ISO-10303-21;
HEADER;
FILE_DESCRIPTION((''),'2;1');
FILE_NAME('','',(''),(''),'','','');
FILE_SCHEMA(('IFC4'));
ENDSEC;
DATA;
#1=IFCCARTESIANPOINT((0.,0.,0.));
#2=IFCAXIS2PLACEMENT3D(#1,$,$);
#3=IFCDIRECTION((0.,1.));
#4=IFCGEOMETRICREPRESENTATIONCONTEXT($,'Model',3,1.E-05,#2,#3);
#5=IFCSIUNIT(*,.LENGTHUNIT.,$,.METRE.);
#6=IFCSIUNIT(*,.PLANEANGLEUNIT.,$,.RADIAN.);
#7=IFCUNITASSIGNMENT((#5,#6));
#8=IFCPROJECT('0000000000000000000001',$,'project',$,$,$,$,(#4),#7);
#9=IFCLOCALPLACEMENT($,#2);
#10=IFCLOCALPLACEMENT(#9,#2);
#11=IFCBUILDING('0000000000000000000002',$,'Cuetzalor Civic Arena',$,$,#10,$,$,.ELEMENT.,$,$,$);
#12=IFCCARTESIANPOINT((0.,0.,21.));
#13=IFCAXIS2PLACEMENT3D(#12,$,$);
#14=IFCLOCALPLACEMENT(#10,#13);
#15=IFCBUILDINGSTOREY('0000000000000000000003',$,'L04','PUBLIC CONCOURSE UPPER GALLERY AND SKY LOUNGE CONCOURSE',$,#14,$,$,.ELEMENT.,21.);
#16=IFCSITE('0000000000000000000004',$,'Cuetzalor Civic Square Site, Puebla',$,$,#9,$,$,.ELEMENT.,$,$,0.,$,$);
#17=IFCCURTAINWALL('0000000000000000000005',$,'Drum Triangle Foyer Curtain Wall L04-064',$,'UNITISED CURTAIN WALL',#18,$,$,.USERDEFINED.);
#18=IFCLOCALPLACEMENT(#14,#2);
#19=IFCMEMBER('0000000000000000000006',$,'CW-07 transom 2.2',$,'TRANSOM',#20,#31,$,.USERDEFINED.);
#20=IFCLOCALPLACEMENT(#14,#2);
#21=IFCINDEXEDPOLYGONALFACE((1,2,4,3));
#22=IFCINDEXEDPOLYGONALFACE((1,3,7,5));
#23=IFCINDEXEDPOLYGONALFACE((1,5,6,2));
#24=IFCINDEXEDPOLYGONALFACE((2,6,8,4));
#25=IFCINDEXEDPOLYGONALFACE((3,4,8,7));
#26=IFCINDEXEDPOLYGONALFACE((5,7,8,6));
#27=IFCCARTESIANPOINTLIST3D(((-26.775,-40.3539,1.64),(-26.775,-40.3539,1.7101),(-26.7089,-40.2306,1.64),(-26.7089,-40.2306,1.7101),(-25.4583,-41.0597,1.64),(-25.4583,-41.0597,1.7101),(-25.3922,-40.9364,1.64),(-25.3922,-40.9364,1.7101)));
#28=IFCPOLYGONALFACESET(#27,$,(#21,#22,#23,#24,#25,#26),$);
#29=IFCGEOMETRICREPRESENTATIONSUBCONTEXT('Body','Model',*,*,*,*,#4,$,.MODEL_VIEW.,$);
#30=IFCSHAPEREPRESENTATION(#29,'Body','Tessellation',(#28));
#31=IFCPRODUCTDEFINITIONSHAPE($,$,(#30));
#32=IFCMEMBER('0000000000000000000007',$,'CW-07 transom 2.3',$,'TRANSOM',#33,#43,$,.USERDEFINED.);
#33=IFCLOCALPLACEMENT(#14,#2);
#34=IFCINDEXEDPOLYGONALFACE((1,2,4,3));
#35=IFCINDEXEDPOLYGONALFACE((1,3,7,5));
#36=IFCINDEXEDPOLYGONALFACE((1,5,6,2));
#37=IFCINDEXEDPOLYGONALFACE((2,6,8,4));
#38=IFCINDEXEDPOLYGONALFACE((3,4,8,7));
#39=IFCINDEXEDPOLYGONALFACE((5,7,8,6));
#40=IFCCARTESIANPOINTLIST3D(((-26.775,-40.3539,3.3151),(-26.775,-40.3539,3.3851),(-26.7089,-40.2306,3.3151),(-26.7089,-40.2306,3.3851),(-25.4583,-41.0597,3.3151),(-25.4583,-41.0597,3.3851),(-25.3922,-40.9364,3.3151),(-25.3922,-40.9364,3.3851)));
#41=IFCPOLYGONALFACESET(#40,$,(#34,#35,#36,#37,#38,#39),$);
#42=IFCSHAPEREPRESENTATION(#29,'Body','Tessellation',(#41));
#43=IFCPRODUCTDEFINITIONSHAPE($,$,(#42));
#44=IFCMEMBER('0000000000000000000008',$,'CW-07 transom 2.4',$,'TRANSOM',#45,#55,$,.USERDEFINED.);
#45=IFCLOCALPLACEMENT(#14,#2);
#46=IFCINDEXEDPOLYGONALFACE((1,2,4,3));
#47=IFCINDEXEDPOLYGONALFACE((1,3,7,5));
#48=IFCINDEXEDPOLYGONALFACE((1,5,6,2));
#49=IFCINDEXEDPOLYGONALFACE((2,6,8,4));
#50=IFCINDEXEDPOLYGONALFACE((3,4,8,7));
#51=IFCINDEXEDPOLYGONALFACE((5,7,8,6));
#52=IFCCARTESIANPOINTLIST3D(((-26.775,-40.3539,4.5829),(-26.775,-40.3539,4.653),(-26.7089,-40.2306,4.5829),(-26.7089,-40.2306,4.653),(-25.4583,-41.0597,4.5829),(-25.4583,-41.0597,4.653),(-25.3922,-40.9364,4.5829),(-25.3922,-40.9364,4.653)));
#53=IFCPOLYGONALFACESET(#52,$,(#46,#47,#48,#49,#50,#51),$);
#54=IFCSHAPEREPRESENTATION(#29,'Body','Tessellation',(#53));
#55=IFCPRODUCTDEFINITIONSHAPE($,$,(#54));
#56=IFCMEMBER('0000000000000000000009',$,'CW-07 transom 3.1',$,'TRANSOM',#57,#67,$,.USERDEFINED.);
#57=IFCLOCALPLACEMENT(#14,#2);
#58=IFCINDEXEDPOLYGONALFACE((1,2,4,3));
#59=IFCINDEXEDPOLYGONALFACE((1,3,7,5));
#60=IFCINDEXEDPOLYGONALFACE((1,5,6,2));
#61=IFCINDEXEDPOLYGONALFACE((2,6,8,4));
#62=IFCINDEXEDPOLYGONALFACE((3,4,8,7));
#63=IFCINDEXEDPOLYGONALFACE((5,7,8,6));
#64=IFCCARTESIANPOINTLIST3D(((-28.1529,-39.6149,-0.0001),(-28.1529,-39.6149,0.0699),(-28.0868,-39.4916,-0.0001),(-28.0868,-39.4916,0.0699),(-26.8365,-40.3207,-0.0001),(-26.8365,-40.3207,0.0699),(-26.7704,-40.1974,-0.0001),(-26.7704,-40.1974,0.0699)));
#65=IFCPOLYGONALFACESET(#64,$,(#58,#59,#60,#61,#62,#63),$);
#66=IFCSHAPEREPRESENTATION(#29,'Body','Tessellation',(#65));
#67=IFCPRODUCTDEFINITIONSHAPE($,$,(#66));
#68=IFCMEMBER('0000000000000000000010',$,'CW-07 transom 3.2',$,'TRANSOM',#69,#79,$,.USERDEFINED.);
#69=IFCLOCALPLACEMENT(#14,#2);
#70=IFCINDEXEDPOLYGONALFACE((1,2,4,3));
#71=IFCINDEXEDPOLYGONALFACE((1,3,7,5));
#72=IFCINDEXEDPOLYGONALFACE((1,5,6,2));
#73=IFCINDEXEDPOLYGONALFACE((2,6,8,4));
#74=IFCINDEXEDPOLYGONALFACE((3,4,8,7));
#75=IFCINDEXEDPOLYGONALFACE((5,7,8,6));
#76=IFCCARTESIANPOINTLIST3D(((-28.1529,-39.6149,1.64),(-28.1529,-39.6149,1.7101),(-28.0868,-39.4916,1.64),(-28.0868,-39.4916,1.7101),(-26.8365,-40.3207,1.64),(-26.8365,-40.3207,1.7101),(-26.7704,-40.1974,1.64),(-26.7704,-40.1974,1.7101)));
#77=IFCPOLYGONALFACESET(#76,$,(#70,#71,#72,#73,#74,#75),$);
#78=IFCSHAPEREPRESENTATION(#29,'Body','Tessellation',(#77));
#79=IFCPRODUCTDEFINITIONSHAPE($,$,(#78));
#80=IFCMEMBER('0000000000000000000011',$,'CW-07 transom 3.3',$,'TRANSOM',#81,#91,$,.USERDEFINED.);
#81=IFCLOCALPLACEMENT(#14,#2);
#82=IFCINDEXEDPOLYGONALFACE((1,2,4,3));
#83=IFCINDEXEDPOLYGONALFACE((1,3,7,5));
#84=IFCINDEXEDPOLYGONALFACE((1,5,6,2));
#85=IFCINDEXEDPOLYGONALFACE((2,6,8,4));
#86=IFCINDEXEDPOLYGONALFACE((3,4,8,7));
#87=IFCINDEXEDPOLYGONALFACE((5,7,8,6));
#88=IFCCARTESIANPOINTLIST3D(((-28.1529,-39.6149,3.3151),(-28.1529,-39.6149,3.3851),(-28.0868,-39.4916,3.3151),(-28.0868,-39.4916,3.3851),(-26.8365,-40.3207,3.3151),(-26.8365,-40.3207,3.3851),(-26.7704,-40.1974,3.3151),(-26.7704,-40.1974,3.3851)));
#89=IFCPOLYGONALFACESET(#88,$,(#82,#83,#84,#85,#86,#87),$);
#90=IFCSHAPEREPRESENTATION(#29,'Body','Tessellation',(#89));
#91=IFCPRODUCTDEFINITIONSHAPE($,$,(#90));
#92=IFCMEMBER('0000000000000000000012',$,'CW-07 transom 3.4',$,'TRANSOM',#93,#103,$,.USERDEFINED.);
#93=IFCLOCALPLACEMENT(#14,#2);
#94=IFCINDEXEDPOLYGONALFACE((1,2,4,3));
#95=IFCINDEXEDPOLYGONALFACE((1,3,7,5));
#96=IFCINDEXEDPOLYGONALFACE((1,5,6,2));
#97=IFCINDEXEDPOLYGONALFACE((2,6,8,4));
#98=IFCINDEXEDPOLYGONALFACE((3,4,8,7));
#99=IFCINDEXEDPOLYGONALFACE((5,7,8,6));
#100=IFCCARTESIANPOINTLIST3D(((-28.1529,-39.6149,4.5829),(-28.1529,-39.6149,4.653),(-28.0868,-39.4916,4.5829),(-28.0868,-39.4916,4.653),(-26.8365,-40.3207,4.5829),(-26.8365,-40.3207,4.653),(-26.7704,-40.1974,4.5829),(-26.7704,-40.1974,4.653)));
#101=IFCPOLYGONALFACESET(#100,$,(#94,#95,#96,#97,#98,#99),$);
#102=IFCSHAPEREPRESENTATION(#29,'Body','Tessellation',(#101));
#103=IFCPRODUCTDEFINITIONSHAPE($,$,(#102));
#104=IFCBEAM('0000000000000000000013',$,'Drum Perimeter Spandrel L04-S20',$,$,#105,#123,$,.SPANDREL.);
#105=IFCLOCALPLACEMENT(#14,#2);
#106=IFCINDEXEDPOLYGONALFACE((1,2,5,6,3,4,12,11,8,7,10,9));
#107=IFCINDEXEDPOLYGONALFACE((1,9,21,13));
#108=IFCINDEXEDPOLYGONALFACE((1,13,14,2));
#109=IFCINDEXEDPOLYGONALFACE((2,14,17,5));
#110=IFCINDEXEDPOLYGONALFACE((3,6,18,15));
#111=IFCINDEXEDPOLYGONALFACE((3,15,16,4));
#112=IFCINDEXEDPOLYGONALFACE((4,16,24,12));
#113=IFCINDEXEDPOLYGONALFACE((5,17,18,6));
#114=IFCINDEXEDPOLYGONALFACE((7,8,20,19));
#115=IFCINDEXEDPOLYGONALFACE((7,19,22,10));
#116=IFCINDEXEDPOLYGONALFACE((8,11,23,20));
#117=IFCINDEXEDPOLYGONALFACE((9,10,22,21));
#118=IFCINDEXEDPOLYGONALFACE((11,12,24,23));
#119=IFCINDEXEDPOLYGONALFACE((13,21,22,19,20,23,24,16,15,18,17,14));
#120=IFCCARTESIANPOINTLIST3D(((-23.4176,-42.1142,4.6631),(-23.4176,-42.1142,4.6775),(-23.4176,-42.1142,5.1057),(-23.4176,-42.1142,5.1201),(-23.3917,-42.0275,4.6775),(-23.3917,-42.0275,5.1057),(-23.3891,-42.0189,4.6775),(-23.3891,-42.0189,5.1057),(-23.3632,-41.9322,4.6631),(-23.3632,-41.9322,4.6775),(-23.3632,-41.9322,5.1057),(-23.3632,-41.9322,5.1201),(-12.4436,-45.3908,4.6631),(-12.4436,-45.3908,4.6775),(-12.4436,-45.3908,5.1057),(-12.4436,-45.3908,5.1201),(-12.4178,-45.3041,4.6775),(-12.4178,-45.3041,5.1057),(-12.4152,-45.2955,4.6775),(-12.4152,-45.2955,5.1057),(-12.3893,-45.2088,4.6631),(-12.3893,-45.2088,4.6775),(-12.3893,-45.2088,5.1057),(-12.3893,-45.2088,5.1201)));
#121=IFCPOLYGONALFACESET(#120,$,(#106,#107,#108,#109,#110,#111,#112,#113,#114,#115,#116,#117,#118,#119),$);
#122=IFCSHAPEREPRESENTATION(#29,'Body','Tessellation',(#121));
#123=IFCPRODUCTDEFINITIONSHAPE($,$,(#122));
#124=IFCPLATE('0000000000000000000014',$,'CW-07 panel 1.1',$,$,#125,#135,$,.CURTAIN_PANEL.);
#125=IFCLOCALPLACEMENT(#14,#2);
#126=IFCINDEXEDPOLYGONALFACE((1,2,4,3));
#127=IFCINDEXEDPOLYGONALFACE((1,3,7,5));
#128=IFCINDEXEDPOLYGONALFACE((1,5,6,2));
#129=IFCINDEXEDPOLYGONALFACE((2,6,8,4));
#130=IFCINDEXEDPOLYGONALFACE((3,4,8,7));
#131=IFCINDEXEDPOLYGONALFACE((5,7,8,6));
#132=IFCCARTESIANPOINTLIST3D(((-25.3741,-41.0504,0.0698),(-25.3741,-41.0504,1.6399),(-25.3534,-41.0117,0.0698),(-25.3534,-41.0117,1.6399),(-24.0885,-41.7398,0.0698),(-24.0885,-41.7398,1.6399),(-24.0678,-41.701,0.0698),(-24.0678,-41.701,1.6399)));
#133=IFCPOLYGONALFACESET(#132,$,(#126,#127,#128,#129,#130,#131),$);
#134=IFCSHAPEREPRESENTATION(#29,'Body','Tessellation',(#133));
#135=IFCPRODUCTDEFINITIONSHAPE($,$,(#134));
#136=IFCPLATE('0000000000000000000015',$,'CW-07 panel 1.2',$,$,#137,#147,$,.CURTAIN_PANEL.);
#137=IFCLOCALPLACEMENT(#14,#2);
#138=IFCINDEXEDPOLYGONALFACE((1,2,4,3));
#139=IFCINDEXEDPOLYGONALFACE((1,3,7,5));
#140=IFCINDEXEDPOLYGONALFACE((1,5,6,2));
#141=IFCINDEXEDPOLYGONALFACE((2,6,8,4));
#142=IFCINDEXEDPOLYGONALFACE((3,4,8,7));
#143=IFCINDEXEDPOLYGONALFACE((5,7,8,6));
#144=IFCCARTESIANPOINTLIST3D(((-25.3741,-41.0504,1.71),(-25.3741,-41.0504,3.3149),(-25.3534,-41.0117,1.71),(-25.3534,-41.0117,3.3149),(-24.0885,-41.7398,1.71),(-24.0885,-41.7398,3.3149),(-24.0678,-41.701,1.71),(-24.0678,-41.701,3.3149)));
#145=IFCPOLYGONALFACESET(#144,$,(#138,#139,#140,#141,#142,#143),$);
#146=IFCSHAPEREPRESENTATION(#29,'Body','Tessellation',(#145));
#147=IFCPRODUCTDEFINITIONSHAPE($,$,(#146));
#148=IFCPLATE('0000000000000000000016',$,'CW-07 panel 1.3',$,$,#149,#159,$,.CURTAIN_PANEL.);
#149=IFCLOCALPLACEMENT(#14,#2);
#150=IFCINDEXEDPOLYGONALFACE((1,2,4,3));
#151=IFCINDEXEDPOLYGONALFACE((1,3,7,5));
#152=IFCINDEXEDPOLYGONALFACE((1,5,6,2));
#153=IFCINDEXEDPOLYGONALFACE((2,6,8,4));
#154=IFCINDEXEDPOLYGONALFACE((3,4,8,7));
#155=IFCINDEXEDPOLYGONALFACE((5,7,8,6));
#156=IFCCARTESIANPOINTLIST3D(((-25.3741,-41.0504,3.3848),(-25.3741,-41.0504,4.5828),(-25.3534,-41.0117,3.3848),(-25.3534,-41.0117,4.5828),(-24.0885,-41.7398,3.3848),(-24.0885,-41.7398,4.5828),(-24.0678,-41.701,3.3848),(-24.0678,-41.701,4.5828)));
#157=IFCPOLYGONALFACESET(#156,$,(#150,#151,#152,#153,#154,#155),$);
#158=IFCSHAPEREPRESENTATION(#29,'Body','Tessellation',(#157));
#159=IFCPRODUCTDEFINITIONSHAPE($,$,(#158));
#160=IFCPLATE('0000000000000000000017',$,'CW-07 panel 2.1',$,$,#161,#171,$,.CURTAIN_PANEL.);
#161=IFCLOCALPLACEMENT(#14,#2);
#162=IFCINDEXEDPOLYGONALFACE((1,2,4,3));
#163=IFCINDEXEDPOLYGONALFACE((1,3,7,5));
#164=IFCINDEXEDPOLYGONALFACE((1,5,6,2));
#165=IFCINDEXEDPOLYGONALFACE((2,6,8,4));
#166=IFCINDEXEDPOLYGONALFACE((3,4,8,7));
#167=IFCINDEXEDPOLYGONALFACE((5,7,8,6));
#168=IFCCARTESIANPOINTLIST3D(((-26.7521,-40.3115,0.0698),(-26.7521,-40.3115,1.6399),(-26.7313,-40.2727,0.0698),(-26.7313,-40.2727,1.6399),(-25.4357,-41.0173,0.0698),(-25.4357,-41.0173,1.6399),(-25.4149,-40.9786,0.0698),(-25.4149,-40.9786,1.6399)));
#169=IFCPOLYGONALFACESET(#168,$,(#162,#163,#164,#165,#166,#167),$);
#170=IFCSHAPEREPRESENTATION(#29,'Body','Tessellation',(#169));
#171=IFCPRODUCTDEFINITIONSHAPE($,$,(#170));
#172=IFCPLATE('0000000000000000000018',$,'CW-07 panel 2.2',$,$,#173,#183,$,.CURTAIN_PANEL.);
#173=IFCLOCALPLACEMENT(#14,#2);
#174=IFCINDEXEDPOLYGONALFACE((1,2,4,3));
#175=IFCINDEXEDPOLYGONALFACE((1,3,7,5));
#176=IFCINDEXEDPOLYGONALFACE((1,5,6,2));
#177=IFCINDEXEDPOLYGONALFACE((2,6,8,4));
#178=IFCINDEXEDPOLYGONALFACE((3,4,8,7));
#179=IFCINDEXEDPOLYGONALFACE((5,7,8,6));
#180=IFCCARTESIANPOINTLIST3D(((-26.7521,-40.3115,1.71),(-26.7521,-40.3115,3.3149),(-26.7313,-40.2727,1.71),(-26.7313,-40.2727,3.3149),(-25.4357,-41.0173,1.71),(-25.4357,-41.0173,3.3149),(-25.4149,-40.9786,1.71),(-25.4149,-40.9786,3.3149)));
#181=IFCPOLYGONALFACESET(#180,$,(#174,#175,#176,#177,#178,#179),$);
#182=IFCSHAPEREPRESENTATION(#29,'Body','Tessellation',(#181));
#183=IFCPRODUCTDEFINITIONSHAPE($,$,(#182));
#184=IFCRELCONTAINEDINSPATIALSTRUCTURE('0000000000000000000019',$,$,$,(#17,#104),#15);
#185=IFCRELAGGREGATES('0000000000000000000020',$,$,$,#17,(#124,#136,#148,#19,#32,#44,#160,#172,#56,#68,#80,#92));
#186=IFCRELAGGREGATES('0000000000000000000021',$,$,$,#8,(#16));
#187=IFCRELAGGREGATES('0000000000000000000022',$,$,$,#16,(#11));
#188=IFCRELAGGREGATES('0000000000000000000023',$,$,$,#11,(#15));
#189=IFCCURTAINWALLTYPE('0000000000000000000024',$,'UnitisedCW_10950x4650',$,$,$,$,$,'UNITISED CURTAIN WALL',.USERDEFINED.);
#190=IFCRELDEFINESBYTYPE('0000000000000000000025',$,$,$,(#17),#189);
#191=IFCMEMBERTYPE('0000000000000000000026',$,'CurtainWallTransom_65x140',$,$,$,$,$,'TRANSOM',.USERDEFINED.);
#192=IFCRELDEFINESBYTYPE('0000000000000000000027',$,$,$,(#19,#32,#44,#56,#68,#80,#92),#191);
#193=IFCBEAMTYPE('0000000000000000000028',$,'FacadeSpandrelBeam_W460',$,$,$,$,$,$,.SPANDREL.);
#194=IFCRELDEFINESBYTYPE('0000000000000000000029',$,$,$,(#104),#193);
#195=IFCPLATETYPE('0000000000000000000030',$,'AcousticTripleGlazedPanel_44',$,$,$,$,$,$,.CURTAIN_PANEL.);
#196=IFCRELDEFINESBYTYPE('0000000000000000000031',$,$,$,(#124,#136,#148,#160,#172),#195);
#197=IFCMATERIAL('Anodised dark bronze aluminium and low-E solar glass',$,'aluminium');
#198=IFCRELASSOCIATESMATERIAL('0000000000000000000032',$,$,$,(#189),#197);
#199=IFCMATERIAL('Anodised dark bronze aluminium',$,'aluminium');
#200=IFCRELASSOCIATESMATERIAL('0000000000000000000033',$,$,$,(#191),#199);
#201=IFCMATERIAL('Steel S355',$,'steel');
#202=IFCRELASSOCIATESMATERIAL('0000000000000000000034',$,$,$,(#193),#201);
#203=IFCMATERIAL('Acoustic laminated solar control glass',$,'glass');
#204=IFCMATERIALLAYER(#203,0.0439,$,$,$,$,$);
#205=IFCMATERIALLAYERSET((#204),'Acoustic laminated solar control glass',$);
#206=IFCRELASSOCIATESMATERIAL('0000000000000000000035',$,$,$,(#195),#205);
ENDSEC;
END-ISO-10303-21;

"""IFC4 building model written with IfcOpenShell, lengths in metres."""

from ifc_helpers import new_model, si_unit, direction, frame, origin, origin_2d, place, context, subcontext, project, spatial, rectangle, i_section, extrude, material, layer, layer_set, material_profile, profile_set, type_object, element, aggregate, save


model = new_model("IFC4")

# Units and contexts
model_context = context("Model", 3, precision=1e-05, world=origin(), true_north=direction((0.0, 1.0)))
body_context = subcontext(model_context, "Body", "Model", "MODEL_VIEW")
ifc_project = project(units=[si_unit("LENGTHUNIT", "METRE"), si_unit("PLANEANGLEUNIT", "RADIAN")], contexts=[model_context])

# Site, building, storey
site_placement = place(None, origin())
site = spatial("IfcSite", under=ifc_project, at=site_placement, Name="Cuetzalor Civic Square Site, Puebla", CompositionType="ELEMENT", RefElevation=0.0)
building_placement = place(site_placement, origin())
building = spatial("IfcBuilding", under=site, at=building_placement, Name="Cuetzalor Civic Arena", CompositionType="ELEMENT")
storey_placement = place(building_placement, frame((0.0, 0.0, 21.0)))
storey = spatial("IfcBuildingStorey", under=building, at=storey_placement, Name="L04", Description="PUBLIC CONCOURSE UPPER GALLERY AND SKY LOUNGE CONCOURSE", CompositionType="ELEMENT", Elevation=21.0)

# Curtain wall, members
ifc_material_1 = material(Name="Anodised dark bronze aluminium and low-E solar glass", Category="aluminium")
curtain_wall_type = type_object("IfcCurtainWallType", Name="UnitisedCW_10950x4650", ElementType="UNITISED CURTAIN WALL", PredefinedType="USERDEFINED", material=ifc_material_1)
curtain_wall_placement = place(storey_placement, origin())
curtain_wall = element("IfcCurtainWall", 1, at=curtain_wall_placement, inside=storey, type_object=curtain_wall_type, Name="Drum Triangle Foyer Curtain Wall L04-064", ObjectType="UNITISED CURTAIN WALL", PredefinedType="USERDEFINED")
ifc_material_2 = material(Name="Anodised dark bronze aluminium", Category="aluminium")
ifc_material_profile_1 = material_profile(ifc_material_2, rectangle(XDim=0.1399, YDim=0.0701, at=origin_2d()), Name="ALU TRANSOM 70x140")
ifc_profile_set_1 = profile_set([ifc_material_profile_1], Name="Anodised dark bronze aluminium")
member_type_1 = type_object("IfcMemberType", Name="CurtainWallTransom_65x140", ElementType="TRANSOM", PredefinedType="USERDEFINED", material=ifc_profile_set_1)
member_1_placement = place(storey_placement, frame((-25.4253, -40.998, 1.675), z_axis=(-0.881351, 0.472462, 0.0), x_axis=(-0.472462, -0.881351, 0.0)))
member_1 = element("IfcMember", 2, at=member_1_placement, type_object=member_type_1, Name="CW-07 transom 2.2", ObjectType="TRANSOM", PredefinedType="USERDEFINED", context=body_context, shape_type="SweptSolid", body=[
    extrude(rectangle(XDim=0.1399, YDim=0.0701, at=origin_2d()), origin(), (0.0, 0.0, 1.0), 1.4939),
])
member_2_placement = place(storey_placement, frame((-25.4253, -40.998, 3.3501), z_axis=(-0.881351, 0.472462, 0.0), x_axis=(-0.472462, -0.881351, 0.0)))
member_2 = element("IfcMember", 3, at=member_2_placement, type_object=member_type_1, Name="CW-07 transom 2.3", ObjectType="TRANSOM", PredefinedType="USERDEFINED", context=body_context, shape_type="SweptSolid", body=[
    extrude(rectangle(XDim=0.1399, YDim=0.0701, at=origin_2d()), origin(), (0.0, 0.0, 1.0), 1.4939),
])
member_3_placement = place(storey_placement, frame((-25.4253, -40.998, 4.6179), z_axis=(-0.881351, 0.472462, 0.0), x_axis=(-0.472462, -0.881351, 0.0)))
member_3 = element("IfcMember", 4, at=member_3_placement, type_object=member_type_1, Name="CW-07 transom 2.4", ObjectType="TRANSOM", PredefinedType="USERDEFINED", context=body_context, shape_type="SweptSolid", body=[
    extrude(rectangle(XDim=0.1399, YDim=0.0701, at=origin_2d()), origin(), (0.0, 0.0, 1.0), 1.4939),
])
member_4_placement = place(storey_placement, frame((-26.8035, -40.259, 0.0349), z_axis=(-0.881315, 0.47253, 0.0), x_axis=(-0.47253, -0.881315, 0.0)))
member_4 = element("IfcMember", 5, at=member_4_placement, type_object=member_type_1, Name="CW-07 transom 3.1", ObjectType="TRANSOM", PredefinedType="USERDEFINED", context=body_context, shape_type="SweptSolid", body=[
    extrude(rectangle(XDim=0.1399, YDim=0.0701, at=origin_2d()), origin(), (0.0, 0.0, 1.0), 1.4937),
])
member_5_placement = place(storey_placement, frame((-26.8035, -40.259, 1.675), z_axis=(-0.881315, 0.47253, 0.0), x_axis=(-0.47253, -0.881315, 0.0)))
member_5 = element("IfcMember", 6, at=member_5_placement, type_object=member_type_1, Name="CW-07 transom 3.2", ObjectType="TRANSOM", PredefinedType="USERDEFINED", context=body_context, shape_type="SweptSolid", body=[
    extrude(rectangle(XDim=0.1399, YDim=0.0701, at=origin_2d()), origin(), (0.0, 0.0, 1.0), 1.4937),
])
member_6_placement = place(storey_placement, frame((-26.8035, -40.259, 3.3501), z_axis=(-0.881315, 0.47253, 0.0), x_axis=(-0.47253, -0.881315, 0.0)))
member_6 = element("IfcMember", 7, at=member_6_placement, type_object=member_type_1, Name="CW-07 transom 3.3", ObjectType="TRANSOM", PredefinedType="USERDEFINED", context=body_context, shape_type="SweptSolid", body=[
    extrude(rectangle(XDim=0.1399, YDim=0.0701, at=origin_2d()), origin(), (0.0, 0.0, 1.0), 1.4937),
])
member_7_placement = place(storey_placement, frame((-26.8035, -40.259, 4.6179), z_axis=(-0.881315, 0.47253, 0.0), x_axis=(-0.47253, -0.881315, 0.0)))
member_7 = element("IfcMember", 8, at=member_7_placement, type_object=member_type_1, Name="CW-07 transom 3.4", ObjectType="TRANSOM", PredefinedType="USERDEFINED", context=body_context, shape_type="SweptSolid", body=[
    extrude(rectangle(XDim=0.1399, YDim=0.0701, at=origin_2d()), origin(), (0.0, 0.0, 1.0), 1.4937),
])

# Beam
ifc_material_3 = material(Name="Steel S355", Category="steel")
ifc_material_profile_2 = material_profile(ifc_material_3, i_section(OverallWidth=0.1899, OverallDepth=0.457, WebThickness=0.009, FlangeThickness=0.0144, at=origin_2d()), Name="W460x74")
ifc_profile_set_2 = profile_set([ifc_material_profile_2], Name="Steel S355")
beam_type = type_object("IfcBeamType", Name="FacadeSpandrelBeam_W460", PredefinedType="SPANDREL", material=ifc_profile_set_2)
beam_placement = place(storey_placement, frame((-23.3904, -42.0232, 4.8916), z_axis=(0.958199, -0.286102, 0.0), x_axis=(0.286102, 0.958199, 0.0)))
element("IfcBeam", 9, at=beam_placement, inside=storey, type_object=beam_type, Name="Drum Perimeter Spandrel L04-S20", PredefinedType="SPANDREL", context=body_context, shape_type="SweptSolid", body=[
    extrude(i_section(OverallWidth=0.1899, OverallDepth=0.457, WebThickness=0.009, FlangeThickness=0.0144, at=origin_2d()), origin(), (0.0, 0.0, 1.0), 11.4526),
])

# Plates
ifc_material_4 = material(Name="Acoustic laminated solar control glass", Category="glass")
ifc_layer_1 = layer(ifc_material_4, 0.0439)
ifc_layer_set_1 = layer_set([ifc_layer_1], Name="Acoustic laminated solar control glass")
plate_type = type_object("IfcPlateType", Name="AcousticTripleGlazedPanel_44", PredefinedType="CURTAIN_PANEL", material=ifc_layer_set_1)
plate_1_placement = place(storey_placement, frame((-24.7209, -41.3757, 0.0698), z_axis=(0.0, 0.0, 1.0), x_axis=(-0.881306, 0.472545, 0.0)))
plate_1 = element("IfcPlate", 10, at=plate_1_placement, type_object=plate_type, Name="CW-07 panel 1.1", PredefinedType="CURTAIN_PANEL", context=body_context, shape_type="SweptSolid", body=[
    extrude(rectangle(XDim=1.4587, YDim=0.0439, at=origin_2d()), origin(), (0.0, 0.0, 1.0), 1.5701),
])
plate_2_placement = place(storey_placement, frame((-24.7209, -41.3757, 1.71), z_axis=(0.0, 0.0, 1.0), x_axis=(-0.881306, 0.472545, 0.0)))
plate_2 = element("IfcPlate", 11, at=plate_2_placement, type_object=plate_type, Name="CW-07 panel 1.2", PredefinedType="CURTAIN_PANEL", context=body_context, shape_type="SweptSolid", body=[
    extrude(rectangle(XDim=1.4587, YDim=0.0439, at=origin_2d()), origin(), (0.0, 0.0, 1.0), 1.605),
])
plate_3_placement = place(storey_placement, frame((-24.7209, -41.3757, 3.3848), z_axis=(0.0, 0.0, 1.0), x_axis=(-0.881306, 0.472545, 0.0)))
plate_3 = element("IfcPlate", 12, at=plate_3_placement, type_object=plate_type, Name="CW-07 panel 1.3", PredefinedType="CURTAIN_PANEL", context=body_context, shape_type="SweptSolid", body=[
    extrude(rectangle(XDim=1.4587, YDim=0.0439, at=origin_2d()), origin(), (0.0, 0.0, 1.0), 1.198),
])
plate_4_placement = place(storey_placement, frame((-26.0835, -40.645, 0.0698), z_axis=(0.0, 0.0, 1.0), x_axis=(-0.881306, 0.472545, 0.0)))
plate_4 = element("IfcPlate", 13, at=plate_4_placement, type_object=plate_type, Name="CW-07 panel 2.1", PredefinedType="CURTAIN_PANEL", context=body_context, shape_type="SweptSolid", body=[
    extrude(rectangle(XDim=1.4937, YDim=0.0439, at=origin_2d()), origin(), (0.0, 0.0, 1.0), 1.5701),
])
plate_5_placement = place(storey_placement, frame((-26.0835, -40.645, 1.71), z_axis=(0.0, 0.0, 1.0), x_axis=(-0.881306, 0.472545, 0.0)))
plate_5 = element("IfcPlate", 14, at=plate_5_placement, type_object=plate_type, Name="CW-07 panel 2.2", PredefinedType="CURTAIN_PANEL", context=body_context, shape_type="SweptSolid", body=[
    extrude(rectangle(XDim=1.4937, YDim=0.0439, at=origin_2d()), origin(), (0.0, 0.0, 1.0), 1.605),
])
aggregate(curtain_wall, [plate_1, plate_2, plate_3, member_1, member_2, member_3, plate_4, plate_5, member_4, member_5, member_6, member_7])

save(model, "model.ifc")
